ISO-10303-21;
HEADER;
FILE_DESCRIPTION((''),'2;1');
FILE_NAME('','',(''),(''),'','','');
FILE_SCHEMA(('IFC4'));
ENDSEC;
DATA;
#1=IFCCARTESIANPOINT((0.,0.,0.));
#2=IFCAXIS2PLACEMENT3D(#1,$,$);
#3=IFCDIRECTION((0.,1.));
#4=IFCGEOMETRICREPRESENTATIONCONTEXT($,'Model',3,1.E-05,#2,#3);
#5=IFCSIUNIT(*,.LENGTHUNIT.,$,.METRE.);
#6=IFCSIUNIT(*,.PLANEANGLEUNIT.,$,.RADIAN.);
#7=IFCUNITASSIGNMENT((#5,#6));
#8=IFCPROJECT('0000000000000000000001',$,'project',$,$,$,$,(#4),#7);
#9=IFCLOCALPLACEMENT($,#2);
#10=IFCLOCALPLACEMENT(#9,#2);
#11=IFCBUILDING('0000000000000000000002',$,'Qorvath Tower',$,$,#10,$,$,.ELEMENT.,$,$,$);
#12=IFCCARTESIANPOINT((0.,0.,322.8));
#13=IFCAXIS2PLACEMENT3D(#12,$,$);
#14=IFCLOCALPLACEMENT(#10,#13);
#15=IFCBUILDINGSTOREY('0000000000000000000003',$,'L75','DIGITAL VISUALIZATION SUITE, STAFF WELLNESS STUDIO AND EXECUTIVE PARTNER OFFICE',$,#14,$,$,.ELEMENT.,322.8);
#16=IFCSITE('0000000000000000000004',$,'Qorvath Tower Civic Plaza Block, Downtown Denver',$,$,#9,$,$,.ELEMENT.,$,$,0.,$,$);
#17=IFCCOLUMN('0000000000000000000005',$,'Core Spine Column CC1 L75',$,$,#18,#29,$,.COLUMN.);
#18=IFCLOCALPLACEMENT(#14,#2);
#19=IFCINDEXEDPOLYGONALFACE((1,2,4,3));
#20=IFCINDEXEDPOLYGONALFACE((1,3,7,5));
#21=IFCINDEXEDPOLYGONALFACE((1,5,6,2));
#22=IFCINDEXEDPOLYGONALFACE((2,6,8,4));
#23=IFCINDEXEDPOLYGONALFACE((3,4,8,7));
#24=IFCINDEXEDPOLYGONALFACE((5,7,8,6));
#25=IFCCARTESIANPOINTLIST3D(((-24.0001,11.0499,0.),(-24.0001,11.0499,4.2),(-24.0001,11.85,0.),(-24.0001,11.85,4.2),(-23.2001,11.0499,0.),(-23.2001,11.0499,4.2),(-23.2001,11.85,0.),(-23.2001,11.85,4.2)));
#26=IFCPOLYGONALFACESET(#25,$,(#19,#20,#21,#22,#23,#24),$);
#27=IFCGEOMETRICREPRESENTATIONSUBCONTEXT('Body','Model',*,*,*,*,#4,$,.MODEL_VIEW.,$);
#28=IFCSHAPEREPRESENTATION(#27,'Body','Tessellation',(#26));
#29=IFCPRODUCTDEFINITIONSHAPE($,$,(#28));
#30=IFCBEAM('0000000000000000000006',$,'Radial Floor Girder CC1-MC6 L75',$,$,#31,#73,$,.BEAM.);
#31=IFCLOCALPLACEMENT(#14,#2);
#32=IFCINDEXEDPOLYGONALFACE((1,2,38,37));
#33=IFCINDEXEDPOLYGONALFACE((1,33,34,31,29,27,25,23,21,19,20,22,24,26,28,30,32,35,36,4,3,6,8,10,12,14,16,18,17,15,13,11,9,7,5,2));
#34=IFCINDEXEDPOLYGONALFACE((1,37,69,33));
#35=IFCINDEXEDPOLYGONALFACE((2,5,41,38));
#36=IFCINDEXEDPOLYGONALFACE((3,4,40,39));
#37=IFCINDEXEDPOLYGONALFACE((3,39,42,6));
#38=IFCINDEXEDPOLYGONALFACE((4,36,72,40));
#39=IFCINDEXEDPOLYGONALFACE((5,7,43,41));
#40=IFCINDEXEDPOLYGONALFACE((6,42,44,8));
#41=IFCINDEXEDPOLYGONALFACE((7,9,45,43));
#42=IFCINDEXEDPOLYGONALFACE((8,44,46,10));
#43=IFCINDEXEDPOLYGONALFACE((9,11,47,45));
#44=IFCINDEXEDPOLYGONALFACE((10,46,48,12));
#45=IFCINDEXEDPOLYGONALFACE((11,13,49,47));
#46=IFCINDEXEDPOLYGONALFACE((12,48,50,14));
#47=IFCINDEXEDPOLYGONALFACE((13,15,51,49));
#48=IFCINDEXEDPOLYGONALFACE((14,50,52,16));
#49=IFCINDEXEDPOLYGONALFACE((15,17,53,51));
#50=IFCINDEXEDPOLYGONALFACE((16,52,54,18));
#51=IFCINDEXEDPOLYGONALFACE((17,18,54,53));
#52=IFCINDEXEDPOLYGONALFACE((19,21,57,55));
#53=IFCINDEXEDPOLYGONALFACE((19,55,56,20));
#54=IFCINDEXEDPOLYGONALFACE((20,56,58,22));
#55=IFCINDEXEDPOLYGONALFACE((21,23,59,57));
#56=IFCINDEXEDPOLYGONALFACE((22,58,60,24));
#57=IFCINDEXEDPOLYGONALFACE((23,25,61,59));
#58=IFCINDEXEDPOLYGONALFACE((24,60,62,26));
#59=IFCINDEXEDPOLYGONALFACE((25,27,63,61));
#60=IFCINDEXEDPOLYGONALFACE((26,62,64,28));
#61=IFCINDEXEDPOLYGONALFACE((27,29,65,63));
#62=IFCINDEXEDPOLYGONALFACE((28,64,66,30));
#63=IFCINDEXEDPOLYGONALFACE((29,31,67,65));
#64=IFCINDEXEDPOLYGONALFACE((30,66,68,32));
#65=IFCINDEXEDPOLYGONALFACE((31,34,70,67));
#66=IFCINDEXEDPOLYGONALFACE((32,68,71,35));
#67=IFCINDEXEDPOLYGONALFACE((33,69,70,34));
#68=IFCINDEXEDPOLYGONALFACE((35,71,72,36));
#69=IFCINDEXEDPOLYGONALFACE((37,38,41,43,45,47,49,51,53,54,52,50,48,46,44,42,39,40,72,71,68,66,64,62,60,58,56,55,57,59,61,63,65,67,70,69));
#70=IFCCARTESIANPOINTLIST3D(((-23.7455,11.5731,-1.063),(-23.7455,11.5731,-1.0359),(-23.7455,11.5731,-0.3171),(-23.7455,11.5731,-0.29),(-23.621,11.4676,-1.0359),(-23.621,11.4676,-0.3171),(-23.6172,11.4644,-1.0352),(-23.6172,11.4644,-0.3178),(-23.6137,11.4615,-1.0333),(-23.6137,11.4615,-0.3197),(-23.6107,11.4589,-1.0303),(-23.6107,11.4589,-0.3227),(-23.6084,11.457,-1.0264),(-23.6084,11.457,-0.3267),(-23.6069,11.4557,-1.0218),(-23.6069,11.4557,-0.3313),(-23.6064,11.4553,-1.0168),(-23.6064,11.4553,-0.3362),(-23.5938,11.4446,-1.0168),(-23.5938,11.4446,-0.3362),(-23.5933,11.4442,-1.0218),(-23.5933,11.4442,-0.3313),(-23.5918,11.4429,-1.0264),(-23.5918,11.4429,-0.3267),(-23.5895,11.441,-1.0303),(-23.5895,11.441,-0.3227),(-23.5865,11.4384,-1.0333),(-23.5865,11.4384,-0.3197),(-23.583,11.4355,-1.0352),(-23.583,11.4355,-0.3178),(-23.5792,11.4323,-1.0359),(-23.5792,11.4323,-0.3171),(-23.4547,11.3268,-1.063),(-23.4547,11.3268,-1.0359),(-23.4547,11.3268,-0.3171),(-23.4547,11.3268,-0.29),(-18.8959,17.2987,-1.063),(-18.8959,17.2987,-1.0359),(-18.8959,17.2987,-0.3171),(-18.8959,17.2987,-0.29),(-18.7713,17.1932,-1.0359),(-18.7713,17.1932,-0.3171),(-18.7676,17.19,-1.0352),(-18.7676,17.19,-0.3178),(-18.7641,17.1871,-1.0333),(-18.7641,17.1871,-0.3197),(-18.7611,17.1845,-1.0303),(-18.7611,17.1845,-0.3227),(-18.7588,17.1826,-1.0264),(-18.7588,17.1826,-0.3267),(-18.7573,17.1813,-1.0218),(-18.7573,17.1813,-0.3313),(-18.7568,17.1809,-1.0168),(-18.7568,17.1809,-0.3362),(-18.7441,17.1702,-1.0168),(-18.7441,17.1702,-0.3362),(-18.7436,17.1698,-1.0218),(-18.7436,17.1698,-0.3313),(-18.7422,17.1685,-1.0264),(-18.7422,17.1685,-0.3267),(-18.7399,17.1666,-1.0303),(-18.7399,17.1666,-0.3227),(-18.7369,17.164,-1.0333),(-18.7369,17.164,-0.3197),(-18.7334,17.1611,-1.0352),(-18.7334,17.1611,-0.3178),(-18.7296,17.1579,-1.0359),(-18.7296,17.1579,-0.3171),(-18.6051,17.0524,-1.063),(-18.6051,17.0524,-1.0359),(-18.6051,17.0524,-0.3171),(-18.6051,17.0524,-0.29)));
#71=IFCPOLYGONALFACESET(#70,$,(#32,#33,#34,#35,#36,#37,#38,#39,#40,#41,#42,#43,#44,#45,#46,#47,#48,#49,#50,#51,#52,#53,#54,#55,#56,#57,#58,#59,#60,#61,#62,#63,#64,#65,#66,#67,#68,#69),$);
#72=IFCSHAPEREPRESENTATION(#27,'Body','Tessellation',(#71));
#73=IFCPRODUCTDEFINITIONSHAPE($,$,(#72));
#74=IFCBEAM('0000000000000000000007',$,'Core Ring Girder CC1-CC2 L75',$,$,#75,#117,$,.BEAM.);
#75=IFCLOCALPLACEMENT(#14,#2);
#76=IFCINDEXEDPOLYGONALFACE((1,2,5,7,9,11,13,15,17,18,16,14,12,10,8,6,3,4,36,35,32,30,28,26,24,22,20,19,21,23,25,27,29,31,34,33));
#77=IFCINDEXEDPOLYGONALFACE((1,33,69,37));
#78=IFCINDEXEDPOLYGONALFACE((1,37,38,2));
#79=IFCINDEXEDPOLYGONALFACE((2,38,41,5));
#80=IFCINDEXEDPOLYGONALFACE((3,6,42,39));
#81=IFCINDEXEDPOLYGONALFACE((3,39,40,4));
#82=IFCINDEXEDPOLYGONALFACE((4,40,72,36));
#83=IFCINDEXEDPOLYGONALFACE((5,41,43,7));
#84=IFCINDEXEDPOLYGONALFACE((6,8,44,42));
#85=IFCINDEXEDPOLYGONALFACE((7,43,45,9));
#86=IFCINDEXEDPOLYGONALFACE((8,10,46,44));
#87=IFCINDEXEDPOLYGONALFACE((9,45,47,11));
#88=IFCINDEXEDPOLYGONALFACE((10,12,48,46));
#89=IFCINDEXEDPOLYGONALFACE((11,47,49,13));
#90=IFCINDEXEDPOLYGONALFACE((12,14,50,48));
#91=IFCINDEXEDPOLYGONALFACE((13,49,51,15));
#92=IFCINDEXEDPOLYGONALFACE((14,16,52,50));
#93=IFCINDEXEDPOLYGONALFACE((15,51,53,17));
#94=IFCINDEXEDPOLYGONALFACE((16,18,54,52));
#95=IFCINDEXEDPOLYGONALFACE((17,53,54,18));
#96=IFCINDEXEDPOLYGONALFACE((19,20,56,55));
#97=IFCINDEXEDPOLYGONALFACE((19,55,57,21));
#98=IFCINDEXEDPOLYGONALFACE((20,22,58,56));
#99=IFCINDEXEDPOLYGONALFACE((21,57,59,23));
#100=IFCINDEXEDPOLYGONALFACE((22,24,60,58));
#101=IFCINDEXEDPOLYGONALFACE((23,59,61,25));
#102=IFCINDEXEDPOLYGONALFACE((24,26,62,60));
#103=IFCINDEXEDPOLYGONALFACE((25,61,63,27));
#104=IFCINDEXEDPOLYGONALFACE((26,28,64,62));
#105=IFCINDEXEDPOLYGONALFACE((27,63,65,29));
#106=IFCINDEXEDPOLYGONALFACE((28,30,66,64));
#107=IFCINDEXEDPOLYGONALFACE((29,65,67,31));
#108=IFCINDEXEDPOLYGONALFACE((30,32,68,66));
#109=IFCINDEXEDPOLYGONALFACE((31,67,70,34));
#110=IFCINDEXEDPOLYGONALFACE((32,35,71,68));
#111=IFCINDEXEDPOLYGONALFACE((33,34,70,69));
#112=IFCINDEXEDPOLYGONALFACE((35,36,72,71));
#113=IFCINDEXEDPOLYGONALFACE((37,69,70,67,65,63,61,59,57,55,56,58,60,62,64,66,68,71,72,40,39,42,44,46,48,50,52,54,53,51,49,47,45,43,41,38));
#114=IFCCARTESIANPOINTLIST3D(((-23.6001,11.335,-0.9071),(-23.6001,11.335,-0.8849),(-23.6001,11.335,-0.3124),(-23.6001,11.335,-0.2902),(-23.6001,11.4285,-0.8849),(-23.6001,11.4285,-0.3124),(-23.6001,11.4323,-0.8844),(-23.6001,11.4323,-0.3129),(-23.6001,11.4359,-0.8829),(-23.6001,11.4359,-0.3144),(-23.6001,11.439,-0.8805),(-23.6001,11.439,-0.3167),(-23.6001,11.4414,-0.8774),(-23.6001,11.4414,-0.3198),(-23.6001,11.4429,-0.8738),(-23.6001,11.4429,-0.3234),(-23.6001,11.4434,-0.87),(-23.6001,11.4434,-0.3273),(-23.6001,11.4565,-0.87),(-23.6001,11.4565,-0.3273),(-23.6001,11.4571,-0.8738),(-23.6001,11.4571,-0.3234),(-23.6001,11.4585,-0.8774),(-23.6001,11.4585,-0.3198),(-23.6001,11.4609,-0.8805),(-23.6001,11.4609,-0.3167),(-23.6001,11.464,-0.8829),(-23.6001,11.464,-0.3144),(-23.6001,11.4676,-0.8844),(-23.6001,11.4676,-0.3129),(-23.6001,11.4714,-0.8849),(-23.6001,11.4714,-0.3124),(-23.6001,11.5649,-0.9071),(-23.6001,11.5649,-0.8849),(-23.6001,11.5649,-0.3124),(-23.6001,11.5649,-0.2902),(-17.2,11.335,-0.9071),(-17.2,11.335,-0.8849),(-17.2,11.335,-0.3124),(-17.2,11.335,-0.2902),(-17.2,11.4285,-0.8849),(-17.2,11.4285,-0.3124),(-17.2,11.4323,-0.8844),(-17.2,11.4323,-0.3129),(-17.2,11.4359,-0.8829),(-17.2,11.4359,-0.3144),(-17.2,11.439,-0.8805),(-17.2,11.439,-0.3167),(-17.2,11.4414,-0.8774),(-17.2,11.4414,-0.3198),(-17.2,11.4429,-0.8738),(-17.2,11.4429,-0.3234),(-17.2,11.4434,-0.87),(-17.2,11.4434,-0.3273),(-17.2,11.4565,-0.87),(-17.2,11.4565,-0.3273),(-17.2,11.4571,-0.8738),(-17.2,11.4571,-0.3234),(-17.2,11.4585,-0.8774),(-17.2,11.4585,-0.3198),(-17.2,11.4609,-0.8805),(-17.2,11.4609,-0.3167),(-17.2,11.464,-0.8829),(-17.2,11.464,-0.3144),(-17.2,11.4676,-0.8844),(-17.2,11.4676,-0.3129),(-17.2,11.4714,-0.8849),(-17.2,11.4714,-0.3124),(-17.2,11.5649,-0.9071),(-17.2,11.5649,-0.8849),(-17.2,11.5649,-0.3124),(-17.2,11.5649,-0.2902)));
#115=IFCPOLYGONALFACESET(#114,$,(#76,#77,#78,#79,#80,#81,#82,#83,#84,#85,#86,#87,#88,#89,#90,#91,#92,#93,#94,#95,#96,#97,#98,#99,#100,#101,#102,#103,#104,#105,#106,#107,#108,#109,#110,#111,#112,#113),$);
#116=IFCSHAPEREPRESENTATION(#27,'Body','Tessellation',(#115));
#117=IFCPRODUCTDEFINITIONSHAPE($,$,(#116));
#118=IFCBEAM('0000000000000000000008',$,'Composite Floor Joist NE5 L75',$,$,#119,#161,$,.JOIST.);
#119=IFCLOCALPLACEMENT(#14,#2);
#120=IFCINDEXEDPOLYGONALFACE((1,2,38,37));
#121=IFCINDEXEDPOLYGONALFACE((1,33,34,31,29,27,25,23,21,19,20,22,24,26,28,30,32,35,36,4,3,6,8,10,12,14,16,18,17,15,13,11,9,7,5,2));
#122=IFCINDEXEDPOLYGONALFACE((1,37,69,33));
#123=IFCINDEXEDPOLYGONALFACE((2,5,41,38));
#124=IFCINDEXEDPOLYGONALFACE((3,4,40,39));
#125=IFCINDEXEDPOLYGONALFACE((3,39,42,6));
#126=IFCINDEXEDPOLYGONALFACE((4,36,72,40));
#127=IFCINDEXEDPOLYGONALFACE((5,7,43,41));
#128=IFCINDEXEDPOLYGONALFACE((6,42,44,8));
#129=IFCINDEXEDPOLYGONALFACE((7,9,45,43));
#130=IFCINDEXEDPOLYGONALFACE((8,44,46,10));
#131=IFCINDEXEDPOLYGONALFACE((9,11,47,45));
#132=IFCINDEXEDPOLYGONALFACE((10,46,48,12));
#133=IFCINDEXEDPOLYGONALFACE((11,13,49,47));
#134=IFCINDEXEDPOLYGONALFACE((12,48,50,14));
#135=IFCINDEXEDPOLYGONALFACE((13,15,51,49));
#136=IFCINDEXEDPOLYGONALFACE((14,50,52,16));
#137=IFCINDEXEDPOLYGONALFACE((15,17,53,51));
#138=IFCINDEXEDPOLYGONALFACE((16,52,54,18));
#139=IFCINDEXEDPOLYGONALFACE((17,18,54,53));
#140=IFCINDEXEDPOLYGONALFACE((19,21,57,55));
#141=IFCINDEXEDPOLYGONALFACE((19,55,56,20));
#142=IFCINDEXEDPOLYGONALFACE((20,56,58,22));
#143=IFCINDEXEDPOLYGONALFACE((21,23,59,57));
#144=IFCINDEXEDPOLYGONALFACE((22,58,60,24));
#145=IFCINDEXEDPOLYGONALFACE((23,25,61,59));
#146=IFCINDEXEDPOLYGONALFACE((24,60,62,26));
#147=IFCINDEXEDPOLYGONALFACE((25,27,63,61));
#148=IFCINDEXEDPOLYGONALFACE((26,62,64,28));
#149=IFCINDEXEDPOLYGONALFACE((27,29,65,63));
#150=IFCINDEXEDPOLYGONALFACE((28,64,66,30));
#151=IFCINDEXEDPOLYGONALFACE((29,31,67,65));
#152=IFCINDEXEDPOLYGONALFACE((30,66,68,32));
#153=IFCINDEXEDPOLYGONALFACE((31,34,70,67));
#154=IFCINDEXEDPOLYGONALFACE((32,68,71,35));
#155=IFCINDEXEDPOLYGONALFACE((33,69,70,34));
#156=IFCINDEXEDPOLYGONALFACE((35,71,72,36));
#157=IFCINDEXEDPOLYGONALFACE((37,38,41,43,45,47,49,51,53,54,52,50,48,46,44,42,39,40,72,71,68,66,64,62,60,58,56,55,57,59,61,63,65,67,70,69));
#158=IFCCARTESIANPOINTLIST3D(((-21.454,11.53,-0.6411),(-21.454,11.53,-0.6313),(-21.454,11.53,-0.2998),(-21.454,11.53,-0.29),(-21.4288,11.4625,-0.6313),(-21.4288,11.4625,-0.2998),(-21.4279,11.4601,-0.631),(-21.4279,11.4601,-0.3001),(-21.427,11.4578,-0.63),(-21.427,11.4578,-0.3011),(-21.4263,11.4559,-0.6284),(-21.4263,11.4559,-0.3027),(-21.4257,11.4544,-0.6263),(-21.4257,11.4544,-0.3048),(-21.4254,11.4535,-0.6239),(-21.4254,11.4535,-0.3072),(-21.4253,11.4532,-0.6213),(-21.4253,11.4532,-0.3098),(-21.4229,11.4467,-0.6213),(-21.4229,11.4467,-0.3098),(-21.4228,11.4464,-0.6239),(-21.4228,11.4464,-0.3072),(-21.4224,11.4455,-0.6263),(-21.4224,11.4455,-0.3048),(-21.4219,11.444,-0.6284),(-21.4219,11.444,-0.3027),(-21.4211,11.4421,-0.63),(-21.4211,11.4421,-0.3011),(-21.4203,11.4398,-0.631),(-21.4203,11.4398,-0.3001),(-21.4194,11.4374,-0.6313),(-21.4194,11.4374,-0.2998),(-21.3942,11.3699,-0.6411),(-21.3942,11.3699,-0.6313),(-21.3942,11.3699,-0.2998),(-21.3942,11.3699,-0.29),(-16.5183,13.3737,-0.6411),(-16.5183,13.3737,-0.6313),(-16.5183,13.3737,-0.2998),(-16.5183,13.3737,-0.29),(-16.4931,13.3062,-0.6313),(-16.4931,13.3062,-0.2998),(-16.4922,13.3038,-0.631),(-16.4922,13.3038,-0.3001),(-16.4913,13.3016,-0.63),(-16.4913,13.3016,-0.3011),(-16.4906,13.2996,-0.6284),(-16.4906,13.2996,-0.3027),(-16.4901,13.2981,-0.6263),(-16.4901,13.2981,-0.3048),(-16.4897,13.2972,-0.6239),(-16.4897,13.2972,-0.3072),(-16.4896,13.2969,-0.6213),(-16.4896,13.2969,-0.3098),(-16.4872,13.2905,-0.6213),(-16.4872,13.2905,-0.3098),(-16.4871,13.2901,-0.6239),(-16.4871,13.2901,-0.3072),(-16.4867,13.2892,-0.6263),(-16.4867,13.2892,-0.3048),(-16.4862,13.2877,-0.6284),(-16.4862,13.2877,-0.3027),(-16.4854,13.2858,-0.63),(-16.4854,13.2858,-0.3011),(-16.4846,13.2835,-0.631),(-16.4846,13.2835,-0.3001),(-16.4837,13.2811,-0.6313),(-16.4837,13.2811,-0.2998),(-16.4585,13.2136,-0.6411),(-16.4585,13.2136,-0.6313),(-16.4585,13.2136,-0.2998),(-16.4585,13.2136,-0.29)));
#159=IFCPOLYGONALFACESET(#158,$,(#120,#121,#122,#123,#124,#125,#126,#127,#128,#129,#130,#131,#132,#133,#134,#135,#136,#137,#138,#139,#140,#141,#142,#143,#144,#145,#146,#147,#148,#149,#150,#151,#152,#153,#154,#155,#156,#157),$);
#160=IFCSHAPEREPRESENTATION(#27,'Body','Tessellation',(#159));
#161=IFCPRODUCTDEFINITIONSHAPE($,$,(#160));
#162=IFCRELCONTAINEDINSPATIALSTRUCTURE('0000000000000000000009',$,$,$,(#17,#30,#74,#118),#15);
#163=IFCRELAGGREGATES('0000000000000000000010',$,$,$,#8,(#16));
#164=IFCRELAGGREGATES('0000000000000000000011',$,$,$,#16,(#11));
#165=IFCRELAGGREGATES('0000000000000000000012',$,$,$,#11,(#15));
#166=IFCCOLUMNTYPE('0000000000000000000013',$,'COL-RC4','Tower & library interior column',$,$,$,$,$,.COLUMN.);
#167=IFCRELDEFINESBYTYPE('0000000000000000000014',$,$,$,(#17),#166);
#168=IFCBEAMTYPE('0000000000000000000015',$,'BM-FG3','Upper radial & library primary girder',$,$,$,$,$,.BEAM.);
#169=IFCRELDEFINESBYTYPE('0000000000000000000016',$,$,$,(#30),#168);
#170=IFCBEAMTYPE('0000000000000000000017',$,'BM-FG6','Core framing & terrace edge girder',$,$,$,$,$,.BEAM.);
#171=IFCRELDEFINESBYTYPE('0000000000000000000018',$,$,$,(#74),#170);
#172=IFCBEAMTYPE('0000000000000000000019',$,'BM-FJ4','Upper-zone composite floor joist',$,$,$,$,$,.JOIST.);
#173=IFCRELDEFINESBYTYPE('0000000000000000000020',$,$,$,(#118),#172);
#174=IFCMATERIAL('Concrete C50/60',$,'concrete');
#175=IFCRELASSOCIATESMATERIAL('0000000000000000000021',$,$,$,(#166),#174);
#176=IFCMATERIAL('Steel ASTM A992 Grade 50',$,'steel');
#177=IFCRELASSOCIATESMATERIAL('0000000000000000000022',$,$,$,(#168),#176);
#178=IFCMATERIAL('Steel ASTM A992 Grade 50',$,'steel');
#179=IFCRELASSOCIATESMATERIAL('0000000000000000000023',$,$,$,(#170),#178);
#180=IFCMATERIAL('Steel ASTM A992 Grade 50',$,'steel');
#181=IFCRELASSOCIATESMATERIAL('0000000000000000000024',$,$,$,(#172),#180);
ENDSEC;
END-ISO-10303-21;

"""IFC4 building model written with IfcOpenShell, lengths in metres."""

from ifc_helpers import new_model, si_unit, direction, frame, origin, origin_2d, place, context, subcontext, project, spatial, rectangle, i_section, extrude, material, material_profile, profile_set, type_object, element, save


model = new_model("IFC4")

# Units and contexts
model_context = context("Model", 3, precision=1e-05, world=origin(), true_north=direction((0.0, 1.0)))
body_context = subcontext(model_context, "Body", "Model", "MODEL_VIEW")
ifc_project = project(units=[si_unit("LENGTHUNIT", "METRE"), si_unit("PLANEANGLEUNIT", "RADIAN")], contexts=[model_context])

# Site, building, storey
site_placement = place(None, origin())
site = spatial("IfcSite", under=ifc_project, at=site_placement, Name="Qorvath Tower Civic Plaza Block, Downtown Denver", CompositionType="ELEMENT", RefElevation=0.0)
building_placement = place(site_placement, origin())
building = spatial("IfcBuilding", under=site, at=building_placement, Name="Qorvath Tower", CompositionType="ELEMENT")
storey_placement = place(building_placement, frame((0.0, 0.0, 322.8)))
storey = spatial("IfcBuildingStorey", under=building, at=storey_placement, Name="L75", Description="DIGITAL VISUALIZATION SUITE, STAFF WELLNESS STUDIO AND EXECUTIVE PARTNER OFFICE", CompositionType="ELEMENT", Elevation=322.8)

# Column
ifc_material_1 = material(Name="Concrete C50/60", Category="concrete")
ifc_material_profile_1 = material_profile(ifc_material_1, rectangle(XDim=0.8, YDim=0.8, at=origin_2d()), Name="RC 800x800")
ifc_profile_set_1 = profile_set([ifc_material_profile_1], Name="Concrete C50/60")
column_type = type_object("IfcColumnType", Name="COL-RC4", Description="Tower & library interior column", PredefinedType="COLUMN", material=ifc_profile_set_1)
column_placement = place(storey_placement, frame((-23.6001, 11.45, 0.0), z_axis=(0.0, 0.0, 1.0), x_axis=(1.0, 0.0, 0.0)))
element("IfcColumn", 1, at=column_placement, inside=storey, type_object=column_type, Name="Core Spine Column CC1 L75", PredefinedType="COLUMN", context=body_context, shape_type="SweptSolid", body=[
    extrude(rectangle(XDim=0.8, YDim=0.8, at=origin_2d()), origin(), (0.0, 0.0, 1.0), 4.2),
])

# Beams
ifc_material_2 = material(Name="Steel ASTM A992 Grade 50", Category="steel")
ifc_material_profile_2 = material_profile(ifc_material_2, i_section(OverallWidth=0.3811, OverallDepth=0.7729, WebThickness=0.0166, FlangeThickness=0.0271, FilletRadius=0.019, at=origin_2d()), Name="W30x173")
ifc_profile_set_2 = profile_set([ifc_material_profile_2], Name="Steel ASTM A992 Grade 50")
beam_type_1 = type_object("IfcBeamType", Name="BM-FG3", Description="Upper radial & library primary girder", PredefinedType="BEAM", material=ifc_profile_set_2)
beam_1_placement = place(storey_placement, frame((-23.6001, 11.45, -0.6765), z_axis=(0.646321, 0.763065, 0.0), x_axis=(-0.763065, 0.646321, 0.0)))
element("IfcBeam", 2, at=beam_1_placement, inside=storey, type_object=beam_type_1, Name="Radial Floor Girder CC1-MC6 L75", PredefinedType="BEAM", context=body_context, shape_type="SweptSolid", body=[
    extrude(i_section(OverallWidth=0.3811, OverallDepth=0.7729, WebThickness=0.0166, FlangeThickness=0.0271, FilletRadius=0.019, at=origin_2d()), origin(), (0.0, 0.0, 1.0), 7.5034),
])
ifc_material_3 = material(Name="Steel ASTM A992 Grade 50", Category="steel")
ifc_material_profile_3 = material_profile(ifc_material_3, i_section(OverallWidth=0.23, OverallDepth=0.6169, WebThickness=0.0132, FlangeThickness=0.0222, FilletRadius=0.0149, at=origin_2d()), Name="W24x94")
ifc_profile_set_3 = profile_set([ifc_material_profile_3], Name="Steel ASTM A992 Grade 50")
beam_type_2 = type_object("IfcBeamType", Name="BM-FG6", Description="Core framing & terrace edge girder", PredefinedType="BEAM", material=ifc_profile_set_3)
beam_2_placement = place(storey_placement, frame((-23.6001, 11.45, -0.5986), z_axis=(1.0, 0.0, 0.0), x_axis=(0.0, 1.0, 0.0)))
element("IfcBeam", 3, at=beam_2_placement, inside=storey, type_object=beam_type_2, Name="Core Ring Girder CC1-CC2 L75", PredefinedType="BEAM", context=body_context, shape_type="SweptSolid", body=[
    extrude(i_section(OverallWidth=0.23, OverallDepth=0.6169, WebThickness=0.0132, FlangeThickness=0.0222, FilletRadius=0.0149, at=origin_2d()), origin(), (0.0, 0.0, 1.0), 6.4001),
])
ifc_material_4 = material(Name="Steel ASTM A992 Grade 50", Category="steel")
ifc_material_profile_4 = material_profile(ifc_material_4, i_section(OverallWidth=0.1709, OverallDepth=0.3511, WebThickness=0.0068, FlangeThickness=0.0098, FilletRadius=0.01, at=origin_2d()), Name="W14x30")
ifc_profile_set_4 = profile_set([ifc_material_profile_4], Name="Steel ASTM A992 Grade 50")
beam_type_3 = type_object("IfcBeamType", Name="BM-FJ4", Description="Upper-zone composite floor joist", PredefinedType="JOIST", material=ifc_profile_set_4)
beam_3_placement = place(storey_placement, frame((-21.4241, 11.45, -0.4656), z_axis=(0.936776, 0.34993, 0.0), x_axis=(-0.34993, 0.936776, 0.0)))
element("IfcBeam", 4, at=beam_3_placement, inside=storey, type_object=beam_type_3, Name="Composite Floor Joist NE5 L75", PredefinedType="JOIST", context=body_context, shape_type="SweptSolid", body=[
    extrude(i_section(OverallWidth=0.1709, OverallDepth=0.3511, WebThickness=0.0068, FlangeThickness=0.0098, FilletRadius=0.01, at=origin_2d()), origin(), (0.0, 0.0, 1.0), 5.2688),
])

save(model, "model.ifc")
